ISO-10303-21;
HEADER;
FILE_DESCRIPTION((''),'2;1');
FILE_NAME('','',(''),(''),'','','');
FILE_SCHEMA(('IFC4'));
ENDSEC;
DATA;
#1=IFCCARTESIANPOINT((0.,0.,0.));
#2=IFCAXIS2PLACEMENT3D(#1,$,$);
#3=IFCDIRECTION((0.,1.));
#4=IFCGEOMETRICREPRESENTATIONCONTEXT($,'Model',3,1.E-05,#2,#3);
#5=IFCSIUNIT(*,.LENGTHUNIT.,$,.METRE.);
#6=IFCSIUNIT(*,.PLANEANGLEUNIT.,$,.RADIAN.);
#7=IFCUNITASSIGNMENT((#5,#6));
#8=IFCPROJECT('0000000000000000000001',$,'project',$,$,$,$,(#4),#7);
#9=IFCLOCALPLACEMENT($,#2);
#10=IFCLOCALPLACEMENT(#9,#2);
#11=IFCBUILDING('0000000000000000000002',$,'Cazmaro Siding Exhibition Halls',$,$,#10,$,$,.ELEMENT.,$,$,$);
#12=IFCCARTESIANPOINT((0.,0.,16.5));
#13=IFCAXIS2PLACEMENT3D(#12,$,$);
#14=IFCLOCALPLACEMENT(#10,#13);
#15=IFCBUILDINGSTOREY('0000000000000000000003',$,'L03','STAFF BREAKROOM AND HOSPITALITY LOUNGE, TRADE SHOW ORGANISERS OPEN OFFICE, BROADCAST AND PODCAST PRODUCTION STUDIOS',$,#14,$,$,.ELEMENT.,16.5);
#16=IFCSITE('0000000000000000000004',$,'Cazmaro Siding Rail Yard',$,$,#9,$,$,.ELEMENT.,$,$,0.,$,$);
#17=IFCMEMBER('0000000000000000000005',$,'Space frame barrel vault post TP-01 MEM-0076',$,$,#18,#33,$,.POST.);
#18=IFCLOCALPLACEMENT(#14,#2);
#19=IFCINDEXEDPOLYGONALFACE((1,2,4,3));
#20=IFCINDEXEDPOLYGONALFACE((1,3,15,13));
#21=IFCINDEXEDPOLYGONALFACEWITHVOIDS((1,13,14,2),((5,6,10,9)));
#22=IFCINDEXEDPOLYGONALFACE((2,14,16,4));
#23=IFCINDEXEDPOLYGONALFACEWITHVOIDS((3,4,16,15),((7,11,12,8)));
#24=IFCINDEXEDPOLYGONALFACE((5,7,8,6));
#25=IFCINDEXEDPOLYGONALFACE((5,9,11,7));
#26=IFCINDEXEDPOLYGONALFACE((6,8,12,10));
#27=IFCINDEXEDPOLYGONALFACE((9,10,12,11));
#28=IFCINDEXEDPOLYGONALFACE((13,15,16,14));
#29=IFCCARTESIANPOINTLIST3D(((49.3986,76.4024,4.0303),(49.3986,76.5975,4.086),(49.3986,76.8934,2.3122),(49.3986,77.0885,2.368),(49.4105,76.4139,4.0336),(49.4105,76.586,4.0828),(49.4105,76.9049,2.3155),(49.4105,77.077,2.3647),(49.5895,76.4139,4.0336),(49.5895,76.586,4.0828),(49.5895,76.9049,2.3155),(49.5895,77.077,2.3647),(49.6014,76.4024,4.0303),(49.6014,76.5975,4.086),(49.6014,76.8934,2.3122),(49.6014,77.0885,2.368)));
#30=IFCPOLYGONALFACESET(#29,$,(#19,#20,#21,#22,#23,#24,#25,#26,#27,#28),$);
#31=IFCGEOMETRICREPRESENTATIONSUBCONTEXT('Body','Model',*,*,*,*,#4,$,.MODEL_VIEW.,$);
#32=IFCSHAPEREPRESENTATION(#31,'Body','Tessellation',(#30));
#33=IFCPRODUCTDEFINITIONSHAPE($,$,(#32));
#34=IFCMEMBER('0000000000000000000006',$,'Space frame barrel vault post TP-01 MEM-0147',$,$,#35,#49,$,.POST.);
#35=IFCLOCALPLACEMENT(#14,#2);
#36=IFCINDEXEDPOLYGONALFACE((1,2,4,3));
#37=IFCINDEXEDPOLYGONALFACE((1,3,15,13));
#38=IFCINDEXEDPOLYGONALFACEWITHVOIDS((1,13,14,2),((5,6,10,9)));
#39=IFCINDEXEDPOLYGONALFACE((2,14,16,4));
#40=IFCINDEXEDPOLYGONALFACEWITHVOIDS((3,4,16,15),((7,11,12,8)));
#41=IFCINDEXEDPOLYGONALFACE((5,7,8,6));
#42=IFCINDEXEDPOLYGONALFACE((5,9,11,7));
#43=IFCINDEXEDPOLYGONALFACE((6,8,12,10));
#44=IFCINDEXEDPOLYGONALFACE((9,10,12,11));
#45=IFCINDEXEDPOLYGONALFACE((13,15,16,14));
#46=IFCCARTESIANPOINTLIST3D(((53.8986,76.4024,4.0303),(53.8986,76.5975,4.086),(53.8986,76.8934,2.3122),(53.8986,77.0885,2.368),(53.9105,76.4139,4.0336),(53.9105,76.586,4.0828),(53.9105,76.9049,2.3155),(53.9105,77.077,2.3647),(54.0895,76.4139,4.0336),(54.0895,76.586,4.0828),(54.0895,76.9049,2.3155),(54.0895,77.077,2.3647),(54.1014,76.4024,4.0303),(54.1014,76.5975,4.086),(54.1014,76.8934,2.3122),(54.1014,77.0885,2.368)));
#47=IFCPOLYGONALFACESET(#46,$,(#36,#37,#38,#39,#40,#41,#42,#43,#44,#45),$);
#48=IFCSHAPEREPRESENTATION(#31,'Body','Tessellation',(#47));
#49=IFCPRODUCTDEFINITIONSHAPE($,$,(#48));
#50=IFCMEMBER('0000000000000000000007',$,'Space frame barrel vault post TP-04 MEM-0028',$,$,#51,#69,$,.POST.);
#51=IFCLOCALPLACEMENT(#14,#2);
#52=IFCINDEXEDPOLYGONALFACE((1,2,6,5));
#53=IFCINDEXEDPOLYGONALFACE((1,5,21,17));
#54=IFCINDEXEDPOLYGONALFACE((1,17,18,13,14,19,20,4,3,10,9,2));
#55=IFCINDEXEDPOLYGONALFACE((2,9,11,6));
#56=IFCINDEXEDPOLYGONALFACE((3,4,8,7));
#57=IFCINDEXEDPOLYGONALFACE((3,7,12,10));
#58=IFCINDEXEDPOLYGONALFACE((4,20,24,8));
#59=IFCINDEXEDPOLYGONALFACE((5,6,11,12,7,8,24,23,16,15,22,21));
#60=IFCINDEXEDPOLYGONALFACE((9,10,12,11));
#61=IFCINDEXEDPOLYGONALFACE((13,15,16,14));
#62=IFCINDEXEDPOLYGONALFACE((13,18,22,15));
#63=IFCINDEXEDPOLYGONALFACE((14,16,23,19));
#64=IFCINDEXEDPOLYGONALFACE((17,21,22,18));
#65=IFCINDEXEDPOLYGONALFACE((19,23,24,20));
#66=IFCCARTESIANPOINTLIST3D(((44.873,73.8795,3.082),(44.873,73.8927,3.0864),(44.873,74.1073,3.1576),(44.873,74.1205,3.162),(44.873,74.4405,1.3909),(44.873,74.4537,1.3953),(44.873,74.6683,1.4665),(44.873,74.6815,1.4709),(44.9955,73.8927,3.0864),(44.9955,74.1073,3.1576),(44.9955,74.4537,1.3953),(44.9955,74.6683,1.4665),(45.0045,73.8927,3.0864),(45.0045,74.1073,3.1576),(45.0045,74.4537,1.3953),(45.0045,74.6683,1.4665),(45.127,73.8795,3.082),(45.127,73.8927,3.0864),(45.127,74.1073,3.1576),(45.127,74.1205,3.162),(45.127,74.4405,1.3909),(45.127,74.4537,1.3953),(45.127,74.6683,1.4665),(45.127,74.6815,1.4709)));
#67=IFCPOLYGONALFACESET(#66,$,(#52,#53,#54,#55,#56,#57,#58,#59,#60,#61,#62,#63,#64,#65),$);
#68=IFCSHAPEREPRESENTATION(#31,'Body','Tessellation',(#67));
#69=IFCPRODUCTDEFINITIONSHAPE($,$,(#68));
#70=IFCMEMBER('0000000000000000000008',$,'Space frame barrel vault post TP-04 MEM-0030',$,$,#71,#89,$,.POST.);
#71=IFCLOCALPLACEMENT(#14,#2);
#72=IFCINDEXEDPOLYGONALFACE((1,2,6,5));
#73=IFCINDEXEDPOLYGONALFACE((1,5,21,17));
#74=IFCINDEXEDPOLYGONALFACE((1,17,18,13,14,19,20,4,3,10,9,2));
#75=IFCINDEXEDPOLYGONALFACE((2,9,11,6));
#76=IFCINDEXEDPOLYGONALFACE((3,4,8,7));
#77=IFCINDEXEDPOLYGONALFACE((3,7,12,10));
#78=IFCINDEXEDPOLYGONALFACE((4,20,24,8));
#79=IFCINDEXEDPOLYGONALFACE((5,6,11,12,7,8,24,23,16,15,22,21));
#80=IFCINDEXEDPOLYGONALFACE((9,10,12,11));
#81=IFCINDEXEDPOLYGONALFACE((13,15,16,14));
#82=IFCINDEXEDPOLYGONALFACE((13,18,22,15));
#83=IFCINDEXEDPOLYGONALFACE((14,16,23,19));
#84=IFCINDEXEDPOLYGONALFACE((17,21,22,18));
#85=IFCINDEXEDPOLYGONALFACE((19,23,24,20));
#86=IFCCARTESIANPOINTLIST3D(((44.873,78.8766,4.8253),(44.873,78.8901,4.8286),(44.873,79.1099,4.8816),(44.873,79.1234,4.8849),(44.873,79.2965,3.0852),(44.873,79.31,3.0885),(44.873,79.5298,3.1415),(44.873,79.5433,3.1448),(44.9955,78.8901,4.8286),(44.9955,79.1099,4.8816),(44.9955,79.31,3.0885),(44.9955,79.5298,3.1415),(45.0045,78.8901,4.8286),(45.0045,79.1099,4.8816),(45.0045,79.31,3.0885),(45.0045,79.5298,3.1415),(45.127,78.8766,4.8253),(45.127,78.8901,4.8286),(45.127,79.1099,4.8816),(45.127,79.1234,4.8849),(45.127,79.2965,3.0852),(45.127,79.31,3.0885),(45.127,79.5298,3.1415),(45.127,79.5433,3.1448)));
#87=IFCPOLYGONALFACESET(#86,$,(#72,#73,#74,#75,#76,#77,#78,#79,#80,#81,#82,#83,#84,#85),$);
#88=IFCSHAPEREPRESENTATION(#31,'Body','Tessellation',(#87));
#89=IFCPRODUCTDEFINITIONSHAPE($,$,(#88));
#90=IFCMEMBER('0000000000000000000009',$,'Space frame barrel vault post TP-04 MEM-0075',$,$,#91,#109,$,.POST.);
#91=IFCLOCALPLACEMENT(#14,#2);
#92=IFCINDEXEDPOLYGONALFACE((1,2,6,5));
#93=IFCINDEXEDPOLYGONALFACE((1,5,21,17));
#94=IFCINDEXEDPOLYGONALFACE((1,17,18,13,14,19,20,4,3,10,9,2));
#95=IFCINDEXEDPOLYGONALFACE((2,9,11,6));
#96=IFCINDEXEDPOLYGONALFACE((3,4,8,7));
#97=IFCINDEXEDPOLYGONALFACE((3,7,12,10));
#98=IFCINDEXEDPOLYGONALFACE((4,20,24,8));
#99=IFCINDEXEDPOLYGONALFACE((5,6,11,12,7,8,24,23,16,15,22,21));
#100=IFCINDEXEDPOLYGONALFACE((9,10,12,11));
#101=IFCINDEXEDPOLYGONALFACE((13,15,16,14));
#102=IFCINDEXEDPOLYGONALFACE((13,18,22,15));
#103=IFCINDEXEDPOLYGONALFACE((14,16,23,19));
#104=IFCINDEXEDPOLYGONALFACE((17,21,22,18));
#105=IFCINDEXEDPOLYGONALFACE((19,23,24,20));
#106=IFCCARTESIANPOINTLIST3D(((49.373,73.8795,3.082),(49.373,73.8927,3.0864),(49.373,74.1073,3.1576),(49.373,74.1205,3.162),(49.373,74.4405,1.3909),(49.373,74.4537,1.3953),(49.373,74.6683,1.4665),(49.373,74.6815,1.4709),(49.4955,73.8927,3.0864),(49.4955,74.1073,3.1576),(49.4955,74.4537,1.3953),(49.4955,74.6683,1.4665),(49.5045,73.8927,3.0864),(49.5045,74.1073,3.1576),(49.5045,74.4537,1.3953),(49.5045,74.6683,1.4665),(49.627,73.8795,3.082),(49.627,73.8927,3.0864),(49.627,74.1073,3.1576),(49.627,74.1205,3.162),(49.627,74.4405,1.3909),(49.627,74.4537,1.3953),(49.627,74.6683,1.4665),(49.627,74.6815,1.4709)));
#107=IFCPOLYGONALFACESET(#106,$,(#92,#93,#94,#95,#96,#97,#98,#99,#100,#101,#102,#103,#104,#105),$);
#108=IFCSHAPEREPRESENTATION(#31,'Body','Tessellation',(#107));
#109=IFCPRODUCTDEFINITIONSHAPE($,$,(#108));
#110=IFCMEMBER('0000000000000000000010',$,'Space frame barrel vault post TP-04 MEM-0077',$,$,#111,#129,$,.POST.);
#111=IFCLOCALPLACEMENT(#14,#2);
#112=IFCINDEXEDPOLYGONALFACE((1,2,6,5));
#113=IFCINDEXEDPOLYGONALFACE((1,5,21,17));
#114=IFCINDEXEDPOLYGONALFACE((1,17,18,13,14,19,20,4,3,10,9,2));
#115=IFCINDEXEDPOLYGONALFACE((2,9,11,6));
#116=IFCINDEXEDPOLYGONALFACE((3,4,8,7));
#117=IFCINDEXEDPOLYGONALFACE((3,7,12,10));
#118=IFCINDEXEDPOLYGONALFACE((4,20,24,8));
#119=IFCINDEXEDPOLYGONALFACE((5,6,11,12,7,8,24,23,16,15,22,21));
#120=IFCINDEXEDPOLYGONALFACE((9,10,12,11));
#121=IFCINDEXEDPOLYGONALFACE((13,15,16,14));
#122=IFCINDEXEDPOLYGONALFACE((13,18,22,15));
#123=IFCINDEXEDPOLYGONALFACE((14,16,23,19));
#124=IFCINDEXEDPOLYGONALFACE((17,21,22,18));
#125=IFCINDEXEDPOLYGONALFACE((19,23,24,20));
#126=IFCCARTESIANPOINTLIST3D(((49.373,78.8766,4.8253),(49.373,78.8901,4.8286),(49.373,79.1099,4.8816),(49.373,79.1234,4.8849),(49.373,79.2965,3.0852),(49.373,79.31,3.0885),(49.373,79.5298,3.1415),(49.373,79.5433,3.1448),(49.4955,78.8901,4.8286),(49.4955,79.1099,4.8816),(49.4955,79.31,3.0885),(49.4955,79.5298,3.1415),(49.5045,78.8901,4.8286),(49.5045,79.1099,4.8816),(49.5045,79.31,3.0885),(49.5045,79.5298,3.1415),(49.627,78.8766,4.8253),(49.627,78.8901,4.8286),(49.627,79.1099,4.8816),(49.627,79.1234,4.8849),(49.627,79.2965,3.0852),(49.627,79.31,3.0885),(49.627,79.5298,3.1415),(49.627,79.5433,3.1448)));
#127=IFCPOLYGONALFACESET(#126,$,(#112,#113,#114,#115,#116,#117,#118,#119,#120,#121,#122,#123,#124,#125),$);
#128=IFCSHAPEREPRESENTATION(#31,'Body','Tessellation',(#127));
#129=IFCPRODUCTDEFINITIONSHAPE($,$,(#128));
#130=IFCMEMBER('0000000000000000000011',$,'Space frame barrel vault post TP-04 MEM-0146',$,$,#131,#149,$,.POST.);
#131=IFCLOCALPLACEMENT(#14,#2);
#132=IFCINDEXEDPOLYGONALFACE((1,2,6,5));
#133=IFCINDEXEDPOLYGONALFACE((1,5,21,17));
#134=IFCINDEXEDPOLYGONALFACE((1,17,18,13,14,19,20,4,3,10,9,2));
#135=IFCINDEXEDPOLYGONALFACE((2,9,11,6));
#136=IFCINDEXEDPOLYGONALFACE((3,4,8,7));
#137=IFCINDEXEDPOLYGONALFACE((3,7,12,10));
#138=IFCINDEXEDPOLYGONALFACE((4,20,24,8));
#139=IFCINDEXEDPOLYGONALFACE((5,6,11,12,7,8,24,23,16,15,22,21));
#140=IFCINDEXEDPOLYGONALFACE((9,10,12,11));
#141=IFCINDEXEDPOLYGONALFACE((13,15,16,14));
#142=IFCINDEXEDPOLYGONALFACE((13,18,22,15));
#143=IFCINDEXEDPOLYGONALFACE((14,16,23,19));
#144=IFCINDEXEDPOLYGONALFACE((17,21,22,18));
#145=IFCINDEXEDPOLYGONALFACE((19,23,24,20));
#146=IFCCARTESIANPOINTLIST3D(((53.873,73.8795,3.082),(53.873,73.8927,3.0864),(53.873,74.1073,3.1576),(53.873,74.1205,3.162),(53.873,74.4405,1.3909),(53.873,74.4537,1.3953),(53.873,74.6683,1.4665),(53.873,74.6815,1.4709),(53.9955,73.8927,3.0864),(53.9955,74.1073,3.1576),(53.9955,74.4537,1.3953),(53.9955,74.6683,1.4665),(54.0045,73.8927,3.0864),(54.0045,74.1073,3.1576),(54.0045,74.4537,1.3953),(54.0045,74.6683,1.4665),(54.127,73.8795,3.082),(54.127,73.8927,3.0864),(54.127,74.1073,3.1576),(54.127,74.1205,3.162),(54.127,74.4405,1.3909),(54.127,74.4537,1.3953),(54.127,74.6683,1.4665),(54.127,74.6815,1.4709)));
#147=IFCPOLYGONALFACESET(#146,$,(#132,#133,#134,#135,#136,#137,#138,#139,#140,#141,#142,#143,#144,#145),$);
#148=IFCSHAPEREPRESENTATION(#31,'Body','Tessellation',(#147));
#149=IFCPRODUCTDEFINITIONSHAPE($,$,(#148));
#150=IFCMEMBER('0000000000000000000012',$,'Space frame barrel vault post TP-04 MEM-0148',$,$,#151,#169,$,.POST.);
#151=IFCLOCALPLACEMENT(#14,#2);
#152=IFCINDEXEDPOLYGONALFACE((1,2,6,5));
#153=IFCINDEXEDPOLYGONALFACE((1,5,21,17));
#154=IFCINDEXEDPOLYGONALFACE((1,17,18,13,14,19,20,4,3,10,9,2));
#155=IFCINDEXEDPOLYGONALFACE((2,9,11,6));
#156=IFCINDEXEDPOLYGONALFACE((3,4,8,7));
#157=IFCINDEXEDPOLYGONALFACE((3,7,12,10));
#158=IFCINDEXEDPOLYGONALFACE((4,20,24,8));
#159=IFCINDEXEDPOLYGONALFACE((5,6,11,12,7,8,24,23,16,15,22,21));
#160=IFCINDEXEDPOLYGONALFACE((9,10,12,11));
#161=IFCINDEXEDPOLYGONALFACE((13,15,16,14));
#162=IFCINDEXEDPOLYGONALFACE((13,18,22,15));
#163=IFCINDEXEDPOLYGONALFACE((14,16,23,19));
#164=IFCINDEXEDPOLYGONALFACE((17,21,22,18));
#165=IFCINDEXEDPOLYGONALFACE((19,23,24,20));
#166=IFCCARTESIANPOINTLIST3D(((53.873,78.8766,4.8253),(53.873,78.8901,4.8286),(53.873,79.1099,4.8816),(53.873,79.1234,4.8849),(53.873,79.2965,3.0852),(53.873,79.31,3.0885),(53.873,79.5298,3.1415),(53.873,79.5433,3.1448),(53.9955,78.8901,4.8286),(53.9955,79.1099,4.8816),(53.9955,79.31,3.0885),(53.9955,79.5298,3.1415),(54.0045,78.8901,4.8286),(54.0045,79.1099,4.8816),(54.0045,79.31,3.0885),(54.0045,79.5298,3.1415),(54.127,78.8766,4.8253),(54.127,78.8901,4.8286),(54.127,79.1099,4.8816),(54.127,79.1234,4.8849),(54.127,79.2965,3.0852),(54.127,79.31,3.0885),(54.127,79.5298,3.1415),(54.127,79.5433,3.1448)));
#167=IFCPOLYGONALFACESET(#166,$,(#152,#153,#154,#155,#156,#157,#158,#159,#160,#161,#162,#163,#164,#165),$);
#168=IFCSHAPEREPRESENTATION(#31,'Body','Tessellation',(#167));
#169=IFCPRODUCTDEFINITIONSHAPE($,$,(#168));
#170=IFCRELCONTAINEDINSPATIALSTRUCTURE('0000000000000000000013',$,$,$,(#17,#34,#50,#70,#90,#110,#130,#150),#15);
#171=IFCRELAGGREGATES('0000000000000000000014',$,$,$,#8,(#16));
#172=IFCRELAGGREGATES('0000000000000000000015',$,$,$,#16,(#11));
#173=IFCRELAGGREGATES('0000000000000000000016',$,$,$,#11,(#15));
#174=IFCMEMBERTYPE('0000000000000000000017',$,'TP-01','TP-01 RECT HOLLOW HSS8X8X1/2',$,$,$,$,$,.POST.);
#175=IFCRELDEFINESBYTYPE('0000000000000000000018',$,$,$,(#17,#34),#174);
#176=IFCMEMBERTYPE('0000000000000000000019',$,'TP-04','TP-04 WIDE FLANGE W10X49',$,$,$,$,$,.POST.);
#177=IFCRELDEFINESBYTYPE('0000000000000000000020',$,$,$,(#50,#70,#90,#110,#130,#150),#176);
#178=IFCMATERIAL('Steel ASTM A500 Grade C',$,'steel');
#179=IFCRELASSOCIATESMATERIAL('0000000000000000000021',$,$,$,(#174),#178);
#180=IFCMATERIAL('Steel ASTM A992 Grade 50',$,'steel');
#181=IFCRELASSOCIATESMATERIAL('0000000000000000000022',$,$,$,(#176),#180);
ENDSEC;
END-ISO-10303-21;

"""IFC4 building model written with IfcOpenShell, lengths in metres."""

from ifc_helpers import new_model, si_unit, direction, frame, origin, origin_2d, place, context, subcontext, project, spatial, hollow_rectangle, i_section, extrude, material, material_profile, profile_set, type_object, element, save


model = new_model("IFC4")

# Units and contexts
model_context = context("Model", 3, precision=1e-05, world=origin(), true_north=direction((0.0, 1.0)))
body_context = subcontext(model_context, "Body", "Model", "MODEL_VIEW")
ifc_project = project(units=[si_unit("LENGTHUNIT", "METRE"), si_unit("PLANEANGLEUNIT", "RADIAN")], contexts=[model_context])

# Site, building, storey
site_placement = place(None, origin())
site = spatial("IfcSite", under=ifc_project, at=site_placement, Name="Cazmaro Siding Rail Yard", CompositionType="ELEMENT", RefElevation=0.0)
building_placement = place(site_placement, origin())
building = spatial("IfcBuilding", under=site, at=building_placement, Name="Cazmaro Siding Exhibition Halls", CompositionType="ELEMENT")
storey_placement = place(building_placement, frame((0.0, 0.0, 16.5)))
storey = spatial("IfcBuildingStorey", under=building, at=storey_placement, Name="L03", Description="STAFF BREAKROOM AND HOSPITALITY LOUNGE, TRADE SHOW ORGANISERS OPEN OFFICE, BROADCAST AND PODCAST PRODUCTION STUDIOS", CompositionType="ELEMENT", Elevation=16.5)

# Members
ifc_material_1 = material(Name="Steel ASTM A500 Grade C", Category="steel")
ifc_material_profile_1 = material_profile(ifc_material_1, hollow_rectangle(XDim=0.2029, YDim=0.2029, WallThickness=0.012, at=origin_2d()), Name="HSS8X8X1/2")
ifc_profile_set_1 = profile_set([ifc_material_profile_1], Name="Steel ASTM A500 Grade C")
member_type_1 = type_object("IfcMemberType", Name="TP-01", Description="TP-01 RECT HOLLOW HSS8X8X1/2", PredefinedType="POST", material=ifc_profile_set_1)
for number, where, z_axis, x_axis, name in (
    (1, (49.5, 76.991, 2.3401), (0.0, -0.274775, 0.961508), (1.0, 0.0, 0.0), "Space frame barrel vault post TP-01 MEM-0076"),
    (2, (54.0, 76.991, 2.3401), (0.0, -0.274775, 0.961508), (1.0, 0.0, 0.0), "Space frame barrel vault post TP-01 MEM-0147"),
):
    element("IfcMember", number, at=place(storey_placement, frame(where, z_axis=z_axis, x_axis=x_axis)), inside=storey, type_object=member_type_1, Name=name, PredefinedType="POST", context=body_context, shape_type="SweptSolid", body=[
        extrude(hollow_rectangle(XDim=0.2029, YDim=0.2029, WallThickness=0.012, at=origin_2d()), origin(), (0.0, 0.0, 1.0), 1.7869),
    ])
ifc_material_2 = material(Name="Steel ASTM A992 Grade 50", Category="steel")
ifc_material_profile_2 = material_profile(ifc_material_2, i_section(OverallWidth=0.2539, OverallDepth=0.2539, WebThickness=0.009, FlangeThickness=0.0139, at=origin_2d()), Name="W10X49")
ifc_profile_set_2 = profile_set([ifc_material_profile_2], Name="Steel ASTM A992 Grade 50")
member_type_2 = type_object("IfcMemberType", Name="TP-04", Description="TP-04 WIDE FLANGE W10X49", PredefinedType="POST", material=ifc_profile_set_2)
member_1_placement = place(storey_placement, frame((45.0, 74.561, 1.4309), z_axis=(0.0, -0.314871, 0.949134), x_axis=(1.0, 0.0, 0.0)))
element("IfcMember", 3, at=member_1_placement, inside=storey, type_object=member_type_2, Name="Space frame barrel vault post TP-04 MEM-0028", PredefinedType="POST", context=body_context, shape_type="SweptSolid", body=[
    extrude(i_section(OverallWidth=0.2539, OverallDepth=0.2539, WebThickness=0.009, FlangeThickness=0.0139, at=origin_2d()), origin(), (0.0, 0.0, 1.0), 1.7817),
])
member_2_placement = place(storey_placement, frame((45.0, 79.4199, 3.115), z_axis=(0.0, -0.234601, 0.972092), x_axis=(1.0, 0.0, 0.0)))
element("IfcMember", 4, at=member_2_placement, inside=storey, type_object=member_type_2, Name="Space frame barrel vault post TP-04 MEM-0030", PredefinedType="POST", context=body_context, shape_type="SweptSolid", body=[
    extrude(i_section(OverallWidth=0.2539, OverallDepth=0.2539, WebThickness=0.009, FlangeThickness=0.0139, at=origin_2d()), origin(), (0.0, 0.0, 1.0), 1.79),
])
member_3_placement = place(storey_placement, frame((49.5, 74.561, 1.4309), z_axis=(0.0, -0.314871, 0.949134), x_axis=(1.0, 0.0, 0.0)))
element("IfcMember", 5, at=member_3_placement, inside=storey, type_object=member_type_2, Name="Space frame barrel vault post TP-04 MEM-0075", PredefinedType="POST", context=body_context, shape_type="SweptSolid", body=[
    extrude(i_section(OverallWidth=0.2539, OverallDepth=0.2539, WebThickness=0.009, FlangeThickness=0.0139, at=origin_2d()), origin(), (0.0, 0.0, 1.0), 1.7817),
])
member_4_placement = place(storey_placement, frame((49.5, 79.4199, 3.115), z_axis=(0.0, -0.234601, 0.972092), x_axis=(1.0, 0.0, 0.0)))
element("IfcMember", 6, at=member_4_placement, inside=storey, type_object=member_type_2, Name="Space frame barrel vault post TP-04 MEM-0077", PredefinedType="POST", context=body_context, shape_type="SweptSolid", body=[
    extrude(i_section(OverallWidth=0.2539, OverallDepth=0.2539, WebThickness=0.009, FlangeThickness=0.0139, at=origin_2d()), origin(), (0.0, 0.0, 1.0), 1.79),
])
member_5_placement = place(storey_placement, frame((54.0, 74.561, 1.4309), z_axis=(0.0, -0.314871, 0.949134), x_axis=(1.0, 0.0, 0.0)))
element("IfcMember", 7, at=member_5_placement, inside=storey, type_object=member_type_2, Name="Space frame barrel vault post TP-04 MEM-0146", PredefinedType="POST", context=body_context, shape_type="SweptSolid", body=[
    extrude(i_section(OverallWidth=0.2539, OverallDepth=0.2539, WebThickness=0.009, FlangeThickness=0.0139, at=origin_2d()), origin(), (0.0, 0.0, 1.0), 1.7817),
])
member_6_placement = place(storey_placement, frame((54.0, 79.4199, 3.115), z_axis=(0.0, -0.234601, 0.972092), x_axis=(1.0, 0.0, 0.0)))
element("IfcMember", 8, at=member_6_placement, inside=storey, type_object=member_type_2, Name="Space frame barrel vault post TP-04 MEM-0148", PredefinedType="POST", context=body_context, shape_type="SweptSolid", body=[
    extrude(i_section(OverallWidth=0.2539, OverallDepth=0.2539, WebThickness=0.009, FlangeThickness=0.0139, at=origin_2d()), origin(), (0.0, 0.0, 1.0), 1.79),
])

save(model, "model.ifc")
